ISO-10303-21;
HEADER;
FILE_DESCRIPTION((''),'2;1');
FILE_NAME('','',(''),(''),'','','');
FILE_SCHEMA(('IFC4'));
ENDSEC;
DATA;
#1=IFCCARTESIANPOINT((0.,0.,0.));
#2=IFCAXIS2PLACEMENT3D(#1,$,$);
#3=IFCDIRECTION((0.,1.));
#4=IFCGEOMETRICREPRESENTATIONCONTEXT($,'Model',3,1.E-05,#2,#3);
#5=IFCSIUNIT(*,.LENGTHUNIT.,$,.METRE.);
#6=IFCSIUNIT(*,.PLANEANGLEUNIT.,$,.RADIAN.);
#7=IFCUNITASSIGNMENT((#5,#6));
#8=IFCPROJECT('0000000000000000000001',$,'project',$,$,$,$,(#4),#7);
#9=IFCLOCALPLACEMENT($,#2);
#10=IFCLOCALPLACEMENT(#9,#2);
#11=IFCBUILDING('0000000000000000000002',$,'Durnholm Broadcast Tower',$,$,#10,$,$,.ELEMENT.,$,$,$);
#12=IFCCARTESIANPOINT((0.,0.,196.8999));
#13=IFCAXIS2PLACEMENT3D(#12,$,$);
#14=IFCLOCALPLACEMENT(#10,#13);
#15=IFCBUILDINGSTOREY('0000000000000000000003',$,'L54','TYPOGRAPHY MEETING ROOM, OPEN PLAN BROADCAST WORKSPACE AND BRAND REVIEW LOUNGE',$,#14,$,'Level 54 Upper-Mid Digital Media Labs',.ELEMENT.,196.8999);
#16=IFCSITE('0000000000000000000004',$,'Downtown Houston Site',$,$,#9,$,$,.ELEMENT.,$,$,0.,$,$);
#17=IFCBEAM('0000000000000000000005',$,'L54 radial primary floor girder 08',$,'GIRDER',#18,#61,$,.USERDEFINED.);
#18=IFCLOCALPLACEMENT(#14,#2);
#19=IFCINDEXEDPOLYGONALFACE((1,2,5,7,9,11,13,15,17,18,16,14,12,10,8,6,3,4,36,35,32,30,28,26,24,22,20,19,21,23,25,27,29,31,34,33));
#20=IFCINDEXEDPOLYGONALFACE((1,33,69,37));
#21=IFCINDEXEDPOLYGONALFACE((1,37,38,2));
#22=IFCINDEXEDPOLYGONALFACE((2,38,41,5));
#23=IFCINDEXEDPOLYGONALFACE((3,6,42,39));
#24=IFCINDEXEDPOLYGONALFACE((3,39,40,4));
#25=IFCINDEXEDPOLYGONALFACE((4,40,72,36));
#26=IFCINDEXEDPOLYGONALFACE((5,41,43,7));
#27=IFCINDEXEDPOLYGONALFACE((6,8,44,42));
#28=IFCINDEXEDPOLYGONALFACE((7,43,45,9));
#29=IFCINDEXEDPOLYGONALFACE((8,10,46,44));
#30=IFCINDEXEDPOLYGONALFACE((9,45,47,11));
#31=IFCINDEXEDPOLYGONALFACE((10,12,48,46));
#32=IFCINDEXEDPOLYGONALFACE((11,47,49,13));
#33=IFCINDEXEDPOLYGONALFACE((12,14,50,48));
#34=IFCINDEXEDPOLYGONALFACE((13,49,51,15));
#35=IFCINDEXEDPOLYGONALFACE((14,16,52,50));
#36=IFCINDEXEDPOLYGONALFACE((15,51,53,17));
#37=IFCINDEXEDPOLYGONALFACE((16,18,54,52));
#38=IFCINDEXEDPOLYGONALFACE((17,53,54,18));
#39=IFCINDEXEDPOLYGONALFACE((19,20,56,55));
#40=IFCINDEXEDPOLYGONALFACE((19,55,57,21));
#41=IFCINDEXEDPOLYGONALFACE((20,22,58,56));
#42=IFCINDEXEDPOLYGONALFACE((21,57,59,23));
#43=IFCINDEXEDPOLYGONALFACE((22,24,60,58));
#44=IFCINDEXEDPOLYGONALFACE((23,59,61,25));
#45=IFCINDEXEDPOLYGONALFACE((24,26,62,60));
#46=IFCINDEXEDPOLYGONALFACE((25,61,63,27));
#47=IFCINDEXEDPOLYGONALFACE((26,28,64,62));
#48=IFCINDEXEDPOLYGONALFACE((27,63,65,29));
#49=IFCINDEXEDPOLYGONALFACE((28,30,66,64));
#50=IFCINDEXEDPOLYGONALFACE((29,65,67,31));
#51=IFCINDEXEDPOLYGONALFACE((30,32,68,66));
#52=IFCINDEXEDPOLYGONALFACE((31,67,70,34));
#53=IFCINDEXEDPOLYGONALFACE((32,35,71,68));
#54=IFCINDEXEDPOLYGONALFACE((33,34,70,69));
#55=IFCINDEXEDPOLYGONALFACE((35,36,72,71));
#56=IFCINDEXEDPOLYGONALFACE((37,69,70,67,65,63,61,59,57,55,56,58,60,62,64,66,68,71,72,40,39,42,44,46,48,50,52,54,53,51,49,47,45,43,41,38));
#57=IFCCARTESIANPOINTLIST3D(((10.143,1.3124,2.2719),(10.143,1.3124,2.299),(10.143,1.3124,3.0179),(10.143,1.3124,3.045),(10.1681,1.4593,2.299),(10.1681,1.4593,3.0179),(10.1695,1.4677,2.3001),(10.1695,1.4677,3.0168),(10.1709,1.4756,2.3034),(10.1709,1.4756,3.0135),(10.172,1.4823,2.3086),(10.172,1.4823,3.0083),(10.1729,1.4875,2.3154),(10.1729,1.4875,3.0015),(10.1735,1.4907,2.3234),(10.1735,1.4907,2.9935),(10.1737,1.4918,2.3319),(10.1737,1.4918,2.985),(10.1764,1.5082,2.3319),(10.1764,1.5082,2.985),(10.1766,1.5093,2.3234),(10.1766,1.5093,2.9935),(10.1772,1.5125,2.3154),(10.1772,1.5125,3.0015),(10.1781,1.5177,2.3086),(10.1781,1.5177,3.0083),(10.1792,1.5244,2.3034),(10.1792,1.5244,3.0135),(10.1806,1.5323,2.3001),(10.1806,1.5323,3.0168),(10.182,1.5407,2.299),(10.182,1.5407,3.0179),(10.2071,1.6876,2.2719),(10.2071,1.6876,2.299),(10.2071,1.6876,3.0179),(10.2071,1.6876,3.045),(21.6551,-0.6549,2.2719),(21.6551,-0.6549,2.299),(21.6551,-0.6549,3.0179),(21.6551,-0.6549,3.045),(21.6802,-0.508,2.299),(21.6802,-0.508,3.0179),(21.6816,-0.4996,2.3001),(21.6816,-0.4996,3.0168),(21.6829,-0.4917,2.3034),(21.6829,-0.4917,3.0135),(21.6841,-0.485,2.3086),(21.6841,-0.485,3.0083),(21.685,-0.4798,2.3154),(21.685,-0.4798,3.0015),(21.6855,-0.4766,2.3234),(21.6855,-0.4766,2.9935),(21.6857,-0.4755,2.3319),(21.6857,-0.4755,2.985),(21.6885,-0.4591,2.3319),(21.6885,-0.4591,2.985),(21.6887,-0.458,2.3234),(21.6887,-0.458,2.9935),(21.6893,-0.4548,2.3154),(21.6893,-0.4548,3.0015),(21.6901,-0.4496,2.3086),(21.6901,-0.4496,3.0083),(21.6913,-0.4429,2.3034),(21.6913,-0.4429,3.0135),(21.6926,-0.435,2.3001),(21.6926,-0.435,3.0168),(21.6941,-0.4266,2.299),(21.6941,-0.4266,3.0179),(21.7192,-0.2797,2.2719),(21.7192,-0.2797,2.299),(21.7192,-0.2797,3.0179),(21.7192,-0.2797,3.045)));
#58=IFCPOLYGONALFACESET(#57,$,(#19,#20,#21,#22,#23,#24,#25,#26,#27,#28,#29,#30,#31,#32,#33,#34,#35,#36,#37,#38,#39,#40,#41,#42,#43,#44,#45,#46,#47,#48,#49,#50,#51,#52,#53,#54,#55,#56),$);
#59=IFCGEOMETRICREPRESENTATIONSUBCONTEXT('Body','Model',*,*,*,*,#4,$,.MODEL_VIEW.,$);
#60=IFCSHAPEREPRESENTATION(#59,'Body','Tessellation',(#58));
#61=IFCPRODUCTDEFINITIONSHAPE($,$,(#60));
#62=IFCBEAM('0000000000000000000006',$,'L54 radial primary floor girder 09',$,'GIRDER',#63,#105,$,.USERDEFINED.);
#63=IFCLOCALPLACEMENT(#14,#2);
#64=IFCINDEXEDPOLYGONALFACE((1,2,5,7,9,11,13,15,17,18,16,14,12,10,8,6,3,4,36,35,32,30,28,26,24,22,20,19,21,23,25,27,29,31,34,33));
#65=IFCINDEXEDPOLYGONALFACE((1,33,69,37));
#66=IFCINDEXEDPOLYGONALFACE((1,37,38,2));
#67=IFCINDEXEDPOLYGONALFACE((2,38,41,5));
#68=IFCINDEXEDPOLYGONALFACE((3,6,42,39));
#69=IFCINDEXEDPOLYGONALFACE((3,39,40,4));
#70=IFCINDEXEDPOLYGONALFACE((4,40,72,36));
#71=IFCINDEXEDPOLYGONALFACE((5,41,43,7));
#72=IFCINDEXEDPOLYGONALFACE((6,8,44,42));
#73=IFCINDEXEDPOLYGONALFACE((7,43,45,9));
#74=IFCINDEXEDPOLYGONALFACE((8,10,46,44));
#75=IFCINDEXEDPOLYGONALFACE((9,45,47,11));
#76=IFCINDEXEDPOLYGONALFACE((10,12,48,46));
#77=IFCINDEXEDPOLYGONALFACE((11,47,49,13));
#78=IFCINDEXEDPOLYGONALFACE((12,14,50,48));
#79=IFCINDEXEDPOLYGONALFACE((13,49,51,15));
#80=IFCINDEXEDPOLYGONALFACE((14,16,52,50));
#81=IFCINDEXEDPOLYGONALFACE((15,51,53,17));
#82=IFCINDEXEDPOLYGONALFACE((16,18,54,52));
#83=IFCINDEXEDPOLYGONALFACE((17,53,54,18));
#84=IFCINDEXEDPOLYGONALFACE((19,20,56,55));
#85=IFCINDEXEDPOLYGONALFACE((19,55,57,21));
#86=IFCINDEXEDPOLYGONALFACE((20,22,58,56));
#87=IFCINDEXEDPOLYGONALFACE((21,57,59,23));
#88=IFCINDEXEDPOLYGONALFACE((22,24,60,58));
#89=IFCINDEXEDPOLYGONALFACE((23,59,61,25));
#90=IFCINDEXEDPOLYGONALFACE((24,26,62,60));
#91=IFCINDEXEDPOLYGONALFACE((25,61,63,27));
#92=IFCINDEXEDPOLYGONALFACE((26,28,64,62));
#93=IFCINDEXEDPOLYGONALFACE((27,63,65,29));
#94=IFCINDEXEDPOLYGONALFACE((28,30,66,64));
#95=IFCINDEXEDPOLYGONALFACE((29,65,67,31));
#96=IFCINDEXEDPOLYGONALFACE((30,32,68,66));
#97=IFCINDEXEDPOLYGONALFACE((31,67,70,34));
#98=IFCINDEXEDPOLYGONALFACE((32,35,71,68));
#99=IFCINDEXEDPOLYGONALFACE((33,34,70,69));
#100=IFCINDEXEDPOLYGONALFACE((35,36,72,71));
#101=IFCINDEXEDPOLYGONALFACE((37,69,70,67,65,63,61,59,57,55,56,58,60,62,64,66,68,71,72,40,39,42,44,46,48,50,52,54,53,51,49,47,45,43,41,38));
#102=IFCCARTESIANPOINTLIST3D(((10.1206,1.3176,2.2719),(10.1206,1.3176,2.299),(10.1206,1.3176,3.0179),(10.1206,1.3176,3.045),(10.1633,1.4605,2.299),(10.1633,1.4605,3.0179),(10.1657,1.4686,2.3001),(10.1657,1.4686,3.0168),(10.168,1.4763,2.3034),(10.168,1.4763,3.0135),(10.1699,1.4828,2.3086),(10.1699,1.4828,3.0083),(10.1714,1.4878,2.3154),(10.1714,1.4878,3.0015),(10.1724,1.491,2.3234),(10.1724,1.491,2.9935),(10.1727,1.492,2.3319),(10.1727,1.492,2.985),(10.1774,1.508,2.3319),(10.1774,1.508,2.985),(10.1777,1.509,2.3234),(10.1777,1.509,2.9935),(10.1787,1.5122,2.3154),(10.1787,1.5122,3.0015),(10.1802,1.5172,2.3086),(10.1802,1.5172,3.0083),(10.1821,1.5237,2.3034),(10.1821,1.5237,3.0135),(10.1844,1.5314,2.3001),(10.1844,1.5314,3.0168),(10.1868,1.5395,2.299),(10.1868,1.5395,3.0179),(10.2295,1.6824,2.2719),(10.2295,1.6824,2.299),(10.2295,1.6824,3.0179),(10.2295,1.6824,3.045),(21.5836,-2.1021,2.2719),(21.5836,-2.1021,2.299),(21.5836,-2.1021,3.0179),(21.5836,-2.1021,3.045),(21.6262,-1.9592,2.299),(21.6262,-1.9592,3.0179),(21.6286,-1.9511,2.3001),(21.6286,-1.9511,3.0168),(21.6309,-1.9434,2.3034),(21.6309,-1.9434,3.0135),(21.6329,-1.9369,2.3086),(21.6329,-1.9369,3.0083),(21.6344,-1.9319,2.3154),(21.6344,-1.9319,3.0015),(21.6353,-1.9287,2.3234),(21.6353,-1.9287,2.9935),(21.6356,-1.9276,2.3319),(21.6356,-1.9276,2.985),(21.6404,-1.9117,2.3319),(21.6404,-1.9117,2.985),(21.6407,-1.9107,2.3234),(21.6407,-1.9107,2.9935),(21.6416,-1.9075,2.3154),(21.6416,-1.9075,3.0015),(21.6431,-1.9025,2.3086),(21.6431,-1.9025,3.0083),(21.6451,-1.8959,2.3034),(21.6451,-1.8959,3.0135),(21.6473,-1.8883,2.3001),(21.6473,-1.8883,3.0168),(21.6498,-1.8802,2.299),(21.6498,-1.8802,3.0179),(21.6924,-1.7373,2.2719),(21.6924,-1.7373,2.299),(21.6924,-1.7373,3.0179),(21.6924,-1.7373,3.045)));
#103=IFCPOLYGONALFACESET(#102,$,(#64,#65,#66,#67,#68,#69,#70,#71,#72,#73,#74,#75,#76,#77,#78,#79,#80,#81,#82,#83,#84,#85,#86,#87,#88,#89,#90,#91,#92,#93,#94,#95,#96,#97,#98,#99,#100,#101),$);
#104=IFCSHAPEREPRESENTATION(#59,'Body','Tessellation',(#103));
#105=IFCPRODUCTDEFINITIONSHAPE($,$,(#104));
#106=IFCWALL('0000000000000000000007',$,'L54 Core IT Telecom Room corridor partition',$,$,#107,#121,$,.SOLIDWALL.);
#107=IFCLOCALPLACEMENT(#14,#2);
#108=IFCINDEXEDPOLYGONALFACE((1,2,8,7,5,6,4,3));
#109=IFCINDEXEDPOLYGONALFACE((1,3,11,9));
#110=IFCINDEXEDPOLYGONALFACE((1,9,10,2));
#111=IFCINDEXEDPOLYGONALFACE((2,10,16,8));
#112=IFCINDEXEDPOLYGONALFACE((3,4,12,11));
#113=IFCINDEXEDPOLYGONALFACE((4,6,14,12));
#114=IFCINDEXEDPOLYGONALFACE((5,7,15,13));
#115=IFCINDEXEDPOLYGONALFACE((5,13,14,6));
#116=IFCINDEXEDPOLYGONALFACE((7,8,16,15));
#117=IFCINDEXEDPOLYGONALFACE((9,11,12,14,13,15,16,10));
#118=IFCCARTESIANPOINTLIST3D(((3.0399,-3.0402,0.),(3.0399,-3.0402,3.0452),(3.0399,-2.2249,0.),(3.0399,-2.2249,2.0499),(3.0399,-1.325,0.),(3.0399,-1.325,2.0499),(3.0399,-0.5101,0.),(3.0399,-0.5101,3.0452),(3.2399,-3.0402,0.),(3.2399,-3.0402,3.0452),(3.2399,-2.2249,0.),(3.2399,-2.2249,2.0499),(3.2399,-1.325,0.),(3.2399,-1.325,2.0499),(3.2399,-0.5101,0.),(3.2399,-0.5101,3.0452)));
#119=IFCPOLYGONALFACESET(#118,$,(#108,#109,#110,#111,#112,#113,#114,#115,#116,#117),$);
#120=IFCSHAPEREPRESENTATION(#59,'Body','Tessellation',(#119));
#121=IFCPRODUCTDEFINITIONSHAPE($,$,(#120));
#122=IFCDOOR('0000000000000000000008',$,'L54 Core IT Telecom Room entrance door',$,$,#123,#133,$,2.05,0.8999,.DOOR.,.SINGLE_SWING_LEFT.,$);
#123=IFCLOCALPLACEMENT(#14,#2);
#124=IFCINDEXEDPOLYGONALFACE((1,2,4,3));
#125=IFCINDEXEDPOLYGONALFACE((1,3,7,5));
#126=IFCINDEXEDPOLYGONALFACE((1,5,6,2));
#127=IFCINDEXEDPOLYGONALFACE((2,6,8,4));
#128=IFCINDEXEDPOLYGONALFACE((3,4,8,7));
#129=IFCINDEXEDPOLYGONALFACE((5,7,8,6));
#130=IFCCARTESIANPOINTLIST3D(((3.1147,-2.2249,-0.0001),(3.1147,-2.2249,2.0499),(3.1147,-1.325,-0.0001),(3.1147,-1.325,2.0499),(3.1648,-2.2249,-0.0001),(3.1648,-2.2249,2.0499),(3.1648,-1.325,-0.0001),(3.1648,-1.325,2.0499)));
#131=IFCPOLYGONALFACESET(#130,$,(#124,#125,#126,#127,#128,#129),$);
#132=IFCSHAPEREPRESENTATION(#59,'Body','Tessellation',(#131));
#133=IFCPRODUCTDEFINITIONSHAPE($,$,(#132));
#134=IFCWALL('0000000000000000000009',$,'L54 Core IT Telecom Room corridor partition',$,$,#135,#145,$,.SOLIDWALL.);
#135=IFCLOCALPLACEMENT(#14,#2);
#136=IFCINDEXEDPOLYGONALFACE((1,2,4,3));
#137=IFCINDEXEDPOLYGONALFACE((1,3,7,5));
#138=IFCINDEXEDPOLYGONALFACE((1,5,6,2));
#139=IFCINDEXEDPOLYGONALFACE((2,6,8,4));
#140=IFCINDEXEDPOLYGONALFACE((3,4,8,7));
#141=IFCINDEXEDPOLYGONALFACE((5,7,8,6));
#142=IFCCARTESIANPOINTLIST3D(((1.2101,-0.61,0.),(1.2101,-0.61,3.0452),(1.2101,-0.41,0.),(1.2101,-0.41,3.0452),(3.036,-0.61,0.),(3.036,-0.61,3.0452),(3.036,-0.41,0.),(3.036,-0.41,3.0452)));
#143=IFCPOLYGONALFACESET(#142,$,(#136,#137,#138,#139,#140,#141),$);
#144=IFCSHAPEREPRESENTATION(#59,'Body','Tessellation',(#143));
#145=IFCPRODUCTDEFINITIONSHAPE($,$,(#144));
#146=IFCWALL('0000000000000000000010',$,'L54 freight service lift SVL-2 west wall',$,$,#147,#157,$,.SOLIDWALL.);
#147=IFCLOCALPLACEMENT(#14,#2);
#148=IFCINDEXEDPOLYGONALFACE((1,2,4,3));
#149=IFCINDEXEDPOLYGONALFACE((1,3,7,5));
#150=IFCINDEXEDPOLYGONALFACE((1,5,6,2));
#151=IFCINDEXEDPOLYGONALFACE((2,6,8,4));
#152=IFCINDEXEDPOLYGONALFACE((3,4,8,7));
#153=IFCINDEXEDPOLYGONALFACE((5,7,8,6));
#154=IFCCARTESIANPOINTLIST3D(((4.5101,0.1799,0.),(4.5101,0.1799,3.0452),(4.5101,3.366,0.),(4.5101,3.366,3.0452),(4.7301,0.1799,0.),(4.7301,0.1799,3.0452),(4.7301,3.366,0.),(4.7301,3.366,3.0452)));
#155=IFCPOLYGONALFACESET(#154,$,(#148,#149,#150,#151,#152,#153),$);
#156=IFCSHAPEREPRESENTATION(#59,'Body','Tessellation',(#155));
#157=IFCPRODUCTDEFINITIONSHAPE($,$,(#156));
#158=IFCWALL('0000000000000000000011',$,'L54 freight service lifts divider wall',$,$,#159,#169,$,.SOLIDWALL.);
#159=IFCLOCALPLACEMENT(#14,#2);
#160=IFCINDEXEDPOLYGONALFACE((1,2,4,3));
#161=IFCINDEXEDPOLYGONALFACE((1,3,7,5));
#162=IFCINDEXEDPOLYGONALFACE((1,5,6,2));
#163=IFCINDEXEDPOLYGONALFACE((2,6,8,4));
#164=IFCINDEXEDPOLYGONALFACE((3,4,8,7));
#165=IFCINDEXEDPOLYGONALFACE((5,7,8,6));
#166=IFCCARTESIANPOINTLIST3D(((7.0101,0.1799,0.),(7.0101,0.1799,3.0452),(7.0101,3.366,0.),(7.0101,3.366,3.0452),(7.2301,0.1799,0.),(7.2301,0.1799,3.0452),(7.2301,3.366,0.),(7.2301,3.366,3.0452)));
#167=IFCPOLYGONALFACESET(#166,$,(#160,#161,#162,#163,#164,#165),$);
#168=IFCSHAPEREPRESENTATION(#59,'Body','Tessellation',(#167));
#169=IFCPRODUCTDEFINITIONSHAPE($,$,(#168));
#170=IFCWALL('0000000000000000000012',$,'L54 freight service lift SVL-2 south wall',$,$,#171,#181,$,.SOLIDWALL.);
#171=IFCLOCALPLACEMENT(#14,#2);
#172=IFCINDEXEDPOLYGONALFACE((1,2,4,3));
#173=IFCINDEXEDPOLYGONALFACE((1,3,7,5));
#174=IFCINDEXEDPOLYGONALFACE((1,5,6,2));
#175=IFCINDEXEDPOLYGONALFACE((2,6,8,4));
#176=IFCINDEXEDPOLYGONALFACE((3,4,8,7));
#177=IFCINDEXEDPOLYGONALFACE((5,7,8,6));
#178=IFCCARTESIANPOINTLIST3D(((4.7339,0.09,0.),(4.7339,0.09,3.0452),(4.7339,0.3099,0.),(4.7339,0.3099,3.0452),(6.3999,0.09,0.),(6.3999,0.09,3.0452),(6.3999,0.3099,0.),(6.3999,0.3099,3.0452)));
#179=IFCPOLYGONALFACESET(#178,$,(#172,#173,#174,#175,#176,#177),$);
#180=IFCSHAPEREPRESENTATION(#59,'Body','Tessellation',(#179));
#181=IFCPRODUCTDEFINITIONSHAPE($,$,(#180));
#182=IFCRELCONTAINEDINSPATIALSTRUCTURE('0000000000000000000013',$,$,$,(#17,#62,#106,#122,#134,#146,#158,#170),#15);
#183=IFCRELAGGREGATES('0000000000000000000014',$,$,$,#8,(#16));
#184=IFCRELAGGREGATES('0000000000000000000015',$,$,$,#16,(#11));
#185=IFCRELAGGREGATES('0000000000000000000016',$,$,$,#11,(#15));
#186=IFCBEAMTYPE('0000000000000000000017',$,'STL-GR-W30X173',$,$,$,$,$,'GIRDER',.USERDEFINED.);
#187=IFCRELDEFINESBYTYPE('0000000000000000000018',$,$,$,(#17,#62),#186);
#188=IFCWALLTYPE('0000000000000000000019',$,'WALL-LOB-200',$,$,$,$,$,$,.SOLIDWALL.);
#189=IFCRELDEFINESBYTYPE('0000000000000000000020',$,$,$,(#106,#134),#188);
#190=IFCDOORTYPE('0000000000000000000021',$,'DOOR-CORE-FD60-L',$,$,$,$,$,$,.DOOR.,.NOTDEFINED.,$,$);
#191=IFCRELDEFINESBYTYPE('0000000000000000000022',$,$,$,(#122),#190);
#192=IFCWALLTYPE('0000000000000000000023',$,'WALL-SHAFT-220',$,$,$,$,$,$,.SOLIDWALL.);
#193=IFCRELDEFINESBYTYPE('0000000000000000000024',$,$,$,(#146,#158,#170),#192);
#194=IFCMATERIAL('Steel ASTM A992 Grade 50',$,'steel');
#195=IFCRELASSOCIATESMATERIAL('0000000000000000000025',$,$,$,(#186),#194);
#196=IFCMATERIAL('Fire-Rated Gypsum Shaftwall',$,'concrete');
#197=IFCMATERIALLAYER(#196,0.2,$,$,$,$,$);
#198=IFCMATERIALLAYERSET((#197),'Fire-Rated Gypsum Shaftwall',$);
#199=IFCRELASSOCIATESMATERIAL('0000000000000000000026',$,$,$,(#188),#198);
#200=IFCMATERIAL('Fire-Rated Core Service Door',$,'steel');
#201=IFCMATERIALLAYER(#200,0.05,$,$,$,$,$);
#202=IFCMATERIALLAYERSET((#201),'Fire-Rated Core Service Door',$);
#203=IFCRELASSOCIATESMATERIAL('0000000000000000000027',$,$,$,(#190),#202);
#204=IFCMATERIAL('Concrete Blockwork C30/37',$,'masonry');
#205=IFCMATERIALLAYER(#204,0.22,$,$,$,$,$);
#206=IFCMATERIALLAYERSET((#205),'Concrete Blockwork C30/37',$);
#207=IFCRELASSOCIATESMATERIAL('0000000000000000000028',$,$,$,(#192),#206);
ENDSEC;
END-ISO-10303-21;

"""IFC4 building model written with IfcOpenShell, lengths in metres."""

from ifc_helpers import new_model, si_unit, direction, frame, frame_2d, origin, origin_2d, place, context, subcontext, project, spatial, rectangle, i_section, extrude, source, transform, mapped, material, layer, layer_set, material_profile, profile_set, type_object, type_shapes, element, fill, save


model = new_model("IFC4")

# Units and contexts
model_context = context("Model", 3, precision=1e-05, world=origin(), true_north=direction((0.0, 1.0)))
body_context = subcontext(model_context, "Body", "Model", "MODEL_VIEW")
ifc_project = project(units=[si_unit("LENGTHUNIT", "METRE"), si_unit("PLANEANGLEUNIT", "RADIAN")], contexts=[model_context])

# Site, building, storey
site_placement = place(None, origin())
site = spatial("IfcSite", under=ifc_project, at=site_placement, Name="Downtown Houston Site", CompositionType="ELEMENT", RefElevation=0.0)
building_placement = place(site_placement, origin())
building = spatial("IfcBuilding", under=site, at=building_placement, Name="Durnholm Broadcast Tower", CompositionType="ELEMENT")
storey_placement = place(building_placement, frame((0.0, 0.0, 196.8999)))
storey = spatial("IfcBuildingStorey", under=building, at=storey_placement, Name="L54", Description="TYPOGRAPHY MEETING ROOM, OPEN PLAN BROADCAST WORKSPACE AND BRAND REVIEW LOUNGE", LongName="Level 54 Upper-Mid Digital Media Labs", CompositionType="ELEMENT", Elevation=196.8999)

# Beams
ifc_material_1 = material(Name="Steel ASTM A992 Grade 50", Category="steel")
ifc_material_profile = material_profile(ifc_material_1, i_section(OverallWidth=0.3806, OverallDepth=0.7732, WebThickness=0.0166, FlangeThickness=0.0271, FilletRadius=0.033, at=origin_2d()), Name="W30X173")
ifc_profile_set = profile_set([ifc_material_profile], Name="Steel ASTM A992 Grade 50")
beam_type = type_object("IfcBeamType", Name="STL-GR-W30X173", ElementType="GIRDER", PredefinedType="USERDEFINED", material=ifc_profile_set)
shared_shape_1 = source(origin(), body_context, "Body", "SweptSolid", [
    extrude(i_section(OverallWidth=0.3806, OverallDepth=0.7732, WebThickness=0.0166, FlangeThickness=0.0271, FilletRadius=0.033, at=origin_2d()), origin(), (0.0, 0.0, 1.0), 11.679),
])
beam_1_placement = place(storey_placement, frame((10.175, 1.5, 2.6584), z_axis=(0.98571, -0.168449, 0.0), x_axis=(0.168449, 0.98571, 0.0)))
element("IfcBeam", 1, at=beam_1_placement, inside=storey, type_object=beam_type, Name="L54 radial primary floor girder 08", ObjectType="GIRDER", PredefinedType="USERDEFINED", context=body_context, shape_type="MappedRepresentation", body=[
    mapped(shared_shape_1, transform((0.0, 0.0, 0.0), x_axis=(1.0, 0.0, 0.0), y_axis=(0.0, 1.0, 0.0), z_axis=(0.0, 0.0, 1.0), scale=1.0)),
])
shared_shape_2 = source(origin(), body_context, "Body", "SweptSolid", [
    extrude(i_section(OverallWidth=0.3806, OverallDepth=0.7732, WebThickness=0.0166, FlangeThickness=0.0271, FilletRadius=0.033, at=origin_2d()), origin(), (0.0, 0.0, 1.0), 11.9622),
])
type_shapes(beam_type, [shared_shape_1, shared_shape_2])
beam_2_placement = place(storey_placement, frame((10.175, 1.5, 2.6584), z_axis=(0.958267, -0.285876, 0.0), x_axis=(0.285876, 0.958267, 0.0)))
element("IfcBeam", 2, at=beam_2_placement, inside=storey, type_object=beam_type, Name="L54 radial primary floor girder 09", ObjectType="GIRDER", PredefinedType="USERDEFINED", context=body_context, shape_type="MappedRepresentation", body=[
    mapped(shared_shape_2, transform((0.0, 0.0, 0.0), x_axis=(1.0, 0.0, 0.0), y_axis=(0.0, 1.0, 0.0), z_axis=(0.0, 0.0, 1.0), scale=1.0)),
])

# Wall, opening, door
ifc_material_2 = material(Name="Fire-Rated Gypsum Shaftwall", Category="concrete")
ifc_layer_1 = layer(ifc_material_2, 0.2)
ifc_layer_set_1 = layer_set([ifc_layer_1], Name="Fire-Rated Gypsum Shaftwall")
wall_type_1 = type_object("IfcWallType", Name="WALL-LOB-200", PredefinedType="SOLIDWALL", material=ifc_layer_set_1)
wall_1_placement = place(storey_placement, frame((3.1399, -0.51, 0.0), z_axis=(0.0, 0.0, 1.0), x_axis=(0.0, -1.0, 0.0)))
wall_1 = element("IfcWall", 3, at=wall_1_placement, inside=storey, type_object=wall_type_1, Name="L54 Core IT Telecom Room corridor partition", PredefinedType="SOLIDWALL", context=body_context, shape_type="SweptSolid", body=[
    extrude(rectangle(XDim=2.53, YDim=0.2, at=frame_2d((1.2651, 0.0))), origin(), (0.0, 0.0, 1.0), 3.0452),
])
opening_1_placement = place(wall_1_placement, frame((0.8149, 0.0, 0.0)))
opening_1 = element("IfcOpeningElement", 4, at=opening_1_placement, cuts=wall_1, PredefinedType="OPENING", context=body_context, shape_type="SweptSolid", body=[
    extrude(rectangle(XDim=0.8999, YDim=2.05, at=frame_2d((0.45, 1.0249))), frame((0.0, 0.1099, 0.0), z_axis=(0.0, -1.0, 0.0), x_axis=(1.0, 0.0, 0.0)), (0.0, 0.0, 1.0), 0.22),
])
ifc_material_3 = material(Name="Fire-Rated Core Service Door", Category="steel")
ifc_layer_2 = layer(ifc_material_3, 0.05)
ifc_layer_set_2 = layer_set([ifc_layer_2], Name="Fire-Rated Core Service Door")
door_type_1 = type_object("IfcDoorType", Name="DOOR-CORE-FD60-L", OperationType="NOTDEFINED", PredefinedType="DOOR", material=ifc_layer_set_2)
shared_shape_3 = source(origin(), body_context, "Body", "SweptSolid", [
    extrude(rectangle(XDim=0.8999, YDim=2.05, at=frame_2d((0.45, 1.0249))), frame((0.0, 0.0249, 0.0), z_axis=(0.0, -1.0, 0.0), x_axis=(1.0, 0.0, 0.0)), (0.0, 0.0, 1.0), 0.05),
])
type_shapes(door_type_1, [shared_shape_3])
door_1_placement = place(opening_1_placement, origin())
door_1 = element("IfcDoor", 5, at=door_1_placement, inside=storey, type_object=door_type_1, Name="L54 Core IT Telecom Room entrance door", OperationType="SINGLE_SWING_LEFT", OverallHeight=2.05, OverallWidth=0.8999, PredefinedType="DOOR", context=body_context, shape_type="MappedRepresentation", body=[
    mapped(shared_shape_3, transform((0.0, 0.0, 0.0), x_axis=(1.0, 0.0, 0.0), y_axis=(0.0, 1.0, 0.0), z_axis=(0.0, 0.0, 1.0), scale=1.0)),
])
fill(opening_1, door_1)

# Wall
wall_2_placement = place(storey_placement, frame((1.21, -0.51, 0.0), z_axis=(0.0, 0.0, 1.0), x_axis=(1.0, 0.0, 0.0)))
element("IfcWall", 6, at=wall_2_placement, inside=storey, type_object=wall_type_1, Name="L54 Core IT Telecom Room corridor partition", PredefinedType="SOLIDWALL", context=body_context, shape_type="SweptSolid", body=[
    extrude(rectangle(XDim=1.8259, YDim=0.2, at=frame_2d((0.9131, 0.0))), origin(), (0.0, 0.0, 1.0), 3.0452),
])

# Shared definitions
ifc_material_4 = material(Name="Concrete Blockwork C30/37", Category="masonry")
ifc_layer_3 = layer(ifc_material_4, 0.22)
ifc_layer_set_3 = layer_set([ifc_layer_3], Name="Concrete Blockwork C30/37")
wall_type_2 = type_object("IfcWallType", Name="WALL-SHAFT-220", PredefinedType="SOLIDWALL", material=ifc_layer_set_3)

# Walls
for number, where, z_axis, x_axis, name in (
    (7, (4.6201, 0.1799, 0.0), (0.0, 0.0, 1.0), (0.0, 1.0, 0.0), "L54 freight service lift SVL-2 west wall"),
    (8, (7.1201, 0.1799, 0.0), (0.0, 0.0, 1.0), (0.0, 1.0, 0.0), "L54 freight service lifts divider wall"),
):
    element("IfcWall", number, at=place(storey_placement, frame(where, z_axis=z_axis, x_axis=x_axis)), inside=storey, type_object=wall_type_2, Name=name, PredefinedType="SOLIDWALL", context=body_context, shape_type="SweptSolid", body=[
        extrude(rectangle(XDim=3.186, YDim=0.22, at=frame_2d((1.593, 0.0))), origin(), (0.0, 0.0, 1.0), 3.0452),
    ])
wall_3_placement = place(storey_placement, frame((4.7339, 0.2, 0.0), z_axis=(0.0, 0.0, 1.0), x_axis=(1.0, 0.0, 0.0)))
element("IfcWall", 9, at=wall_3_placement, inside=storey, type_object=wall_type_2, Name="L54 freight service lift SVL-2 south wall", PredefinedType="SOLIDWALL", context=body_context, shape_type="SweptSolid", body=[
    extrude(rectangle(XDim=1.666, YDim=0.22, at=frame_2d((0.833, 0.0))), origin(), (0.0, 0.0, 1.0), 3.0452),
])

save(model, "model.ifc")
